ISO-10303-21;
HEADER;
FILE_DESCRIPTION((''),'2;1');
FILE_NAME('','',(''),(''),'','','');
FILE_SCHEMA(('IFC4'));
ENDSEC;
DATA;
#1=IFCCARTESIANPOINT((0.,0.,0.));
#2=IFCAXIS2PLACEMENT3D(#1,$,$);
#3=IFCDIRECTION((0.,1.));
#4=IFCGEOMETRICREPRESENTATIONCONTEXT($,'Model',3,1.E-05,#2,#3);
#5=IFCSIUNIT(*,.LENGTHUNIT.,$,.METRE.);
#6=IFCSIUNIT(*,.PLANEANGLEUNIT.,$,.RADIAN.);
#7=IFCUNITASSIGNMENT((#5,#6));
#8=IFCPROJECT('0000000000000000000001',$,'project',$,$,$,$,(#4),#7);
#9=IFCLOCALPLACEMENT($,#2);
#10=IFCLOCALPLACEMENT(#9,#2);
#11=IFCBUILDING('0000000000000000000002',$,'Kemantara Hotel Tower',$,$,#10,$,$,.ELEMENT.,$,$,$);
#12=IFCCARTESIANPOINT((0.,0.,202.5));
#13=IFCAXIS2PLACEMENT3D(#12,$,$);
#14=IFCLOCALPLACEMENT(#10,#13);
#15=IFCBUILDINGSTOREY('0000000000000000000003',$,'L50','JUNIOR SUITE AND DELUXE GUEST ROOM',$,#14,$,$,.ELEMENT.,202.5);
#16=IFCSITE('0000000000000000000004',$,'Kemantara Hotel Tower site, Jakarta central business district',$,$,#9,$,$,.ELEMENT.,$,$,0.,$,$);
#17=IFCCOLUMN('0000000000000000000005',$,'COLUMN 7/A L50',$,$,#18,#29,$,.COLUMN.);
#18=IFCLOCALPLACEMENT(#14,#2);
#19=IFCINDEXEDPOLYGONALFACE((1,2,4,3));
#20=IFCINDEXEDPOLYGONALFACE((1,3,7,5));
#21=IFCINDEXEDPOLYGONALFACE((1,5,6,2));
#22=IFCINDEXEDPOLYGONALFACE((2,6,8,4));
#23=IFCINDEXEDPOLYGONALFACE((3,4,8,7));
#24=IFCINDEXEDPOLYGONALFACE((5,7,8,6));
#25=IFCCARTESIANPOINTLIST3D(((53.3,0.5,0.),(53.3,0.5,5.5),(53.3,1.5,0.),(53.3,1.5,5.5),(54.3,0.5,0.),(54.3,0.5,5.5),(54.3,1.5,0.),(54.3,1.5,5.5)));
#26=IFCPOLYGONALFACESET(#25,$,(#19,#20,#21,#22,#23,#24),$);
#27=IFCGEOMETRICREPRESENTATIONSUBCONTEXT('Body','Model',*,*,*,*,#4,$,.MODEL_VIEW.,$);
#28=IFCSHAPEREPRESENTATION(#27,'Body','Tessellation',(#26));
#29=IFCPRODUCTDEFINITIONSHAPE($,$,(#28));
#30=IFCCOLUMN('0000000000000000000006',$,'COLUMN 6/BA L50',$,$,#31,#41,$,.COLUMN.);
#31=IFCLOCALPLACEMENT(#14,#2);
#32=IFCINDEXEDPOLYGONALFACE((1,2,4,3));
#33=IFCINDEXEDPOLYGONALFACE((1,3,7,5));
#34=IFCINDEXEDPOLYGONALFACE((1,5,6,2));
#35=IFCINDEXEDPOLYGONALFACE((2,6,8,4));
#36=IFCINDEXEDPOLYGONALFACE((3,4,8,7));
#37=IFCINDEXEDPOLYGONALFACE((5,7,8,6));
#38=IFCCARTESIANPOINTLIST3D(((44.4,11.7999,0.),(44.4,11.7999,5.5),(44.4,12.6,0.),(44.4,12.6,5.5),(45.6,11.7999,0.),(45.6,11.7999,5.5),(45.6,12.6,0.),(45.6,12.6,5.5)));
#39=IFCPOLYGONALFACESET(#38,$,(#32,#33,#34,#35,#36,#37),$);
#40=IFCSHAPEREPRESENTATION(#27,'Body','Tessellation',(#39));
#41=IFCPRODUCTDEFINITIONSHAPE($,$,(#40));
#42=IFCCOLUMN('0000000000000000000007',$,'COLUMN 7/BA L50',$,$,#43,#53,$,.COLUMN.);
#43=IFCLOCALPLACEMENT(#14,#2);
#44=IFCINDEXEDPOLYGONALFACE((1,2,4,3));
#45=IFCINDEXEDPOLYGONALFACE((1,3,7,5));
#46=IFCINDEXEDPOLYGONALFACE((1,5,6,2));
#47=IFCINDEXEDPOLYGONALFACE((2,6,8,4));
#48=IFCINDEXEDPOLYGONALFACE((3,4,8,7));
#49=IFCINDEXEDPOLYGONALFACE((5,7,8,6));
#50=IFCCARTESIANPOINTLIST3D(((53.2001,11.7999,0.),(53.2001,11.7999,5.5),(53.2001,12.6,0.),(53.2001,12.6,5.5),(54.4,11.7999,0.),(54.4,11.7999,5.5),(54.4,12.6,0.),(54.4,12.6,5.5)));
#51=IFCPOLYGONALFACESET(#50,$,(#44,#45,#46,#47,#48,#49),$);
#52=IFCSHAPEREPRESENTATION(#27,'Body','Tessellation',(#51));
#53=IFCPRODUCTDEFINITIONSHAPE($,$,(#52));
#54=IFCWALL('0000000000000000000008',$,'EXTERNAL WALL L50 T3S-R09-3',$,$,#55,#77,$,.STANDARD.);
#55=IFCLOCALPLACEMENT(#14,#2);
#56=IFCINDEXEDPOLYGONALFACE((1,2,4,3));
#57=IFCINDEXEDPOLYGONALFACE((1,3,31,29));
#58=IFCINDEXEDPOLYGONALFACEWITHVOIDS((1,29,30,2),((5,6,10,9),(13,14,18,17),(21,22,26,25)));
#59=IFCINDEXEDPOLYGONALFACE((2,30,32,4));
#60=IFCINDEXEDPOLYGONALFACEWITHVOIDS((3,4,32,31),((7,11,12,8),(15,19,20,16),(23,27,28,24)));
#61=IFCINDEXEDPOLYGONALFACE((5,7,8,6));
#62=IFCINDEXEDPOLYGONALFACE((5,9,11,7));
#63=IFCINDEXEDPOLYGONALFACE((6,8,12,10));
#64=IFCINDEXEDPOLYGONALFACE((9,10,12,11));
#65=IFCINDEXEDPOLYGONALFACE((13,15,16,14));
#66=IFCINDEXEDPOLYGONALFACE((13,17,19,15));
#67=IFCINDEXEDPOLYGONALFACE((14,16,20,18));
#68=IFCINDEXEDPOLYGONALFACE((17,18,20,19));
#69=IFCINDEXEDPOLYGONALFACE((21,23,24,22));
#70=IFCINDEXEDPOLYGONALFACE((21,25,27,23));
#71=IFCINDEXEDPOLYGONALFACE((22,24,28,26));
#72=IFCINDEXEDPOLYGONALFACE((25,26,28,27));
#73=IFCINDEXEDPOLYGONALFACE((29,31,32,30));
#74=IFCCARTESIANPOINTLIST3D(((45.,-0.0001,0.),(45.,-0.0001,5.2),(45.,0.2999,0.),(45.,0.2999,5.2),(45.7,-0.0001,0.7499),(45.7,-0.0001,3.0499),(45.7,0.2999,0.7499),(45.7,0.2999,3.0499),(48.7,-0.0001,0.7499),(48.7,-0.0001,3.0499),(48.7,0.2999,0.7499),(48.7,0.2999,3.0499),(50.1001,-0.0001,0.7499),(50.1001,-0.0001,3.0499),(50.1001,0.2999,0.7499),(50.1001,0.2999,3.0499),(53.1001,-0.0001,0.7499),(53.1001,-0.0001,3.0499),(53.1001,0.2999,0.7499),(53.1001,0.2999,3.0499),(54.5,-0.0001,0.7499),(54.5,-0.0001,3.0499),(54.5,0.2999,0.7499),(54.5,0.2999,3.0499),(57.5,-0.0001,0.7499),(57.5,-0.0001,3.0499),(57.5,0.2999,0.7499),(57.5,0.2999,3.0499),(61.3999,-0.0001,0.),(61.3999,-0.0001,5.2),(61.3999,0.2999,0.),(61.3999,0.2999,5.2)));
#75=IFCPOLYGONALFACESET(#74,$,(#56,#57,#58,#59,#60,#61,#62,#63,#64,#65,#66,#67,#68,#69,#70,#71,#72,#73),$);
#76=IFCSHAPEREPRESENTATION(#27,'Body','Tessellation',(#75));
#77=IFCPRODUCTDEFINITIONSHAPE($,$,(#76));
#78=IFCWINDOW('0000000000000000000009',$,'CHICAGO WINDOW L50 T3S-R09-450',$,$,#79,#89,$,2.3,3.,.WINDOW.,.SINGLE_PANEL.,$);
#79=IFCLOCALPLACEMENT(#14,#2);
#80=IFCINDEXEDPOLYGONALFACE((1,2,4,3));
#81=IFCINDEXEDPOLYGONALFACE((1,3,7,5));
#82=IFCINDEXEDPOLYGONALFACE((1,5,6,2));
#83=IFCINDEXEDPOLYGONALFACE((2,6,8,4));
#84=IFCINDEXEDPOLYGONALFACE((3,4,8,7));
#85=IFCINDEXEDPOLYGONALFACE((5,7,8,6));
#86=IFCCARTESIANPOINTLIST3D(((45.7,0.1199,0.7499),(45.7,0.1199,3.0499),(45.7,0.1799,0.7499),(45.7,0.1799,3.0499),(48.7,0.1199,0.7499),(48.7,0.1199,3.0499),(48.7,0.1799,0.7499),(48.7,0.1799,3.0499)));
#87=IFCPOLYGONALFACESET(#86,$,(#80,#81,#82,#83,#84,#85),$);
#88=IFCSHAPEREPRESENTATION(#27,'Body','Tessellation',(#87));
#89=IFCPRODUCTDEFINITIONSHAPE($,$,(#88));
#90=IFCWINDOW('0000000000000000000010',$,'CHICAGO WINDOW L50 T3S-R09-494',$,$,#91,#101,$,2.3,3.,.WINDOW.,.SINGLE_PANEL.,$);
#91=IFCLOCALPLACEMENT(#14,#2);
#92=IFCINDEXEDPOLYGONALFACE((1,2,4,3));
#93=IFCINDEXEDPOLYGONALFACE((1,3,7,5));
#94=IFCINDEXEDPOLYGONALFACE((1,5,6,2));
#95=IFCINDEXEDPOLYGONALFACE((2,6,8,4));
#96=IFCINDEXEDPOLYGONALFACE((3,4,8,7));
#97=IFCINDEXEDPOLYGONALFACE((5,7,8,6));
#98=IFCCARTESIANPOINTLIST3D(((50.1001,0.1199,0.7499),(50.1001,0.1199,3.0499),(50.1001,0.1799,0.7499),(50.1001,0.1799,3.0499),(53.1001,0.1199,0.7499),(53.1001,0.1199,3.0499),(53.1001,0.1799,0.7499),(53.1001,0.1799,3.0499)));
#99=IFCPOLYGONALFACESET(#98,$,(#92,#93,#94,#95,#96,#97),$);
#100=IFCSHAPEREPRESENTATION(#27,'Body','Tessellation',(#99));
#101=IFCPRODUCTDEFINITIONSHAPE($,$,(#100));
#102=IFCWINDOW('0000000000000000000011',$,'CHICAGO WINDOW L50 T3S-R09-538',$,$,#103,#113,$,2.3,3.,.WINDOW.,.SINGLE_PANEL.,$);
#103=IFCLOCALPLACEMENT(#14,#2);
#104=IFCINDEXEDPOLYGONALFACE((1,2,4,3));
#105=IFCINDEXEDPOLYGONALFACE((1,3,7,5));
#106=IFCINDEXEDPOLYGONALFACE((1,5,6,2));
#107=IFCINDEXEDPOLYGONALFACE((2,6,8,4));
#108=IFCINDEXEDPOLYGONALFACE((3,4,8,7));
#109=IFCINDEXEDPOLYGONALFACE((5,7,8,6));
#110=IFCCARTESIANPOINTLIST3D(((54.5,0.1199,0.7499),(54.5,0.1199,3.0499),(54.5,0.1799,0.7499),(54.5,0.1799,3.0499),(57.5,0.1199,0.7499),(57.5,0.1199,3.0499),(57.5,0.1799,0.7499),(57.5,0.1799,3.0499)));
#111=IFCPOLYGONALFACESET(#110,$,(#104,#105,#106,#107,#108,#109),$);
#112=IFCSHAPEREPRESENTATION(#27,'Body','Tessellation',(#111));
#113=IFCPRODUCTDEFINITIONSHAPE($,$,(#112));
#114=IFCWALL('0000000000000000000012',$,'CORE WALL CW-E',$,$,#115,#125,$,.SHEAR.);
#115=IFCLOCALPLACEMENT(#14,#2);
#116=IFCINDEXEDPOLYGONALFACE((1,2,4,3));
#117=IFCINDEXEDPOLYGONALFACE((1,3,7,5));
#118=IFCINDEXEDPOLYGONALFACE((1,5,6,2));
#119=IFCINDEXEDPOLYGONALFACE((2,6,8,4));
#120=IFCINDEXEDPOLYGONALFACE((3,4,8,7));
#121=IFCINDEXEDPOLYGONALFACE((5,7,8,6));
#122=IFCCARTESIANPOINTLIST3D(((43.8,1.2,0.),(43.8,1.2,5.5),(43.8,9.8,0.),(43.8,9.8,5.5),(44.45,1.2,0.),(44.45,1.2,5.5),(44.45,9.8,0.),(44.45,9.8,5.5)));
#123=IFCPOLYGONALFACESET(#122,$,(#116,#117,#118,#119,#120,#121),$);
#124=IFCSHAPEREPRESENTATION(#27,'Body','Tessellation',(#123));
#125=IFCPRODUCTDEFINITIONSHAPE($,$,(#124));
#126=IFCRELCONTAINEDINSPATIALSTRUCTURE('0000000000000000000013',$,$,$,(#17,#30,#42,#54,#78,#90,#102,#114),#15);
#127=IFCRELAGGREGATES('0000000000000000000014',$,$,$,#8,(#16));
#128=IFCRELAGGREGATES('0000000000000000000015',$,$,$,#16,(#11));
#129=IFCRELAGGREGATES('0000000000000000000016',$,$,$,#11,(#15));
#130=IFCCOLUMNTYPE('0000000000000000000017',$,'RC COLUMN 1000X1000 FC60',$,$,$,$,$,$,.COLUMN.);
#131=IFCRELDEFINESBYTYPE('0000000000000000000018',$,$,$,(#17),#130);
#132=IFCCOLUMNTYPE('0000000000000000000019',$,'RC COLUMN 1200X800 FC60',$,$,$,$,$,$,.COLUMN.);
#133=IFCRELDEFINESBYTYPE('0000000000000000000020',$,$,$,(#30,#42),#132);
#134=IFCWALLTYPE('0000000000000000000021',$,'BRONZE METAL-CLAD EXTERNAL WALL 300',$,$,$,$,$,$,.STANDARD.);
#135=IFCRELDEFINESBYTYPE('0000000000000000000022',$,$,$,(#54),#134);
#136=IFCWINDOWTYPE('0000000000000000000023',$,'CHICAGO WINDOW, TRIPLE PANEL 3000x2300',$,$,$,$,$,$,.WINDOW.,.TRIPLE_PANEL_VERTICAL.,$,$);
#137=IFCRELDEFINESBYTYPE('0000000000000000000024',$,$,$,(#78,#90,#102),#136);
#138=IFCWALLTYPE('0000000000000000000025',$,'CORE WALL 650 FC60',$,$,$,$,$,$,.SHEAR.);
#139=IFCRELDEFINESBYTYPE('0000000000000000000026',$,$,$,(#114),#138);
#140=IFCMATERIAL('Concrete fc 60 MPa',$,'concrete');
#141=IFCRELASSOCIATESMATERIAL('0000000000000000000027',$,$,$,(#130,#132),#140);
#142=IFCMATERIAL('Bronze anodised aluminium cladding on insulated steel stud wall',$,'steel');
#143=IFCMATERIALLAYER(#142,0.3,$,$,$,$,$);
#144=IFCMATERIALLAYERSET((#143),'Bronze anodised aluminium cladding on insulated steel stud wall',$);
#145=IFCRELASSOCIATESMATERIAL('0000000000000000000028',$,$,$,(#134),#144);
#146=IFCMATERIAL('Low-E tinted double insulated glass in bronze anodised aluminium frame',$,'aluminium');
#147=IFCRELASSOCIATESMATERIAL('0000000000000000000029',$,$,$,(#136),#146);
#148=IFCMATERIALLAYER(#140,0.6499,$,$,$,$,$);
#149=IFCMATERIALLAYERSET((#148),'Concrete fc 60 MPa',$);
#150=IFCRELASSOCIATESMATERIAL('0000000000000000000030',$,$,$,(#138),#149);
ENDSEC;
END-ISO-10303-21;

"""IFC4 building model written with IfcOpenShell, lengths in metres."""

from ifc_helpers import new_model, si_unit, direction, frame, frame_2d, origin, origin_2d, place, context, subcontext, project, spatial, rectangle, extrude, material, layer, layer_set, material_profile, profile_set, type_object, element, fill, save


model = new_model("IFC4")

# Units and contexts
model_context = context("Model", 3, precision=1e-05, world=origin(), true_north=direction((0.0, 1.0)))
body_context = subcontext(model_context, "Body", "Model", "MODEL_VIEW")
ifc_project = project(units=[si_unit("LENGTHUNIT", "METRE"), si_unit("PLANEANGLEUNIT", "RADIAN")], contexts=[model_context])

# Site, building, storey
site_placement = place(None, origin())
site = spatial("IfcSite", under=ifc_project, at=site_placement, Name="Kemantara Hotel Tower site, Jakarta central business district", CompositionType="ELEMENT", RefElevation=0.0)
building_placement = place(site_placement, origin())
building = spatial("IfcBuilding", under=site, at=building_placement, Name="Kemantara Hotel Tower", CompositionType="ELEMENT")
storey_placement = place(building_placement, frame((0.0, 0.0, 202.5)))
storey = spatial("IfcBuildingStorey", under=building, at=storey_placement, Name="L50", Description="JUNIOR SUITE AND DELUXE GUEST ROOM", CompositionType="ELEMENT", Elevation=202.5)

# Columns
ifc_material_1 = material(Name="Concrete fc 60 MPa", Category="concrete")
ifc_material_profile_1 = material_profile(ifc_material_1, rectangle(XDim=1.0, YDim=1.0, at=origin_2d()), Name="RC 1000X1000")
ifc_profile_set_1 = profile_set([ifc_material_profile_1], Name="Concrete fc 60 MPa")
column_type_1 = type_object("IfcColumnType", Name="RC COLUMN 1000X1000 FC60", PredefinedType="COLUMN", material=ifc_profile_set_1)
column_placement = place(storey_placement, frame((53.8, 1.0, 0.0), z_axis=(0.0, 0.0, 1.0), x_axis=(1.0, 0.0, 0.0)))
element("IfcColumn", 1, at=column_placement, inside=storey, type_object=column_type_1, Name="COLUMN 7/A L50", PredefinedType="COLUMN", context=body_context, shape_type="SweptSolid", body=[
    extrude(rectangle(XDim=1.0, YDim=1.0, at=origin_2d()), origin(), (0.0, 0.0, 1.0), 5.5),
])
ifc_material_profile_2 = material_profile(ifc_material_1, rectangle(XDim=1.2, YDim=0.8, at=origin_2d()), Name="RC 1200X800")
ifc_profile_set_2 = profile_set([ifc_material_profile_2], Name="Concrete fc 60 MPa")
column_type_2 = type_object("IfcColumnType", Name="RC COLUMN 1200X800 FC60", PredefinedType="COLUMN", material=ifc_profile_set_2)
for number, where, z_axis, x_axis, name in (
    (2, (45.0, 12.2, 0.0), (0.0, 0.0, 1.0), (1.0, 0.0, 0.0), "COLUMN 6/BA L50"),
    (3, (53.8, 12.2, 0.0), (0.0, 0.0, 1.0), (1.0, 0.0, 0.0), "COLUMN 7/BA L50"),
):
    element("IfcColumn", number, at=place(storey_placement, frame(where, z_axis=z_axis, x_axis=x_axis)), inside=storey, type_object=column_type_2, Name=name, PredefinedType="COLUMN", context=body_context, shape_type="SweptSolid", body=[
        extrude(rectangle(XDim=1.2, YDim=0.8, at=origin_2d()), origin(), (0.0, 0.0, 1.0), 5.5),
    ])

# Wall, openings, windows
ifc_material_2 = material(Name="Bronze anodised aluminium cladding on insulated steel stud wall", Category="steel")
ifc_layer_1 = layer(ifc_material_2, 0.3)
ifc_layer_set_1 = layer_set([ifc_layer_1], Name="Bronze anodised aluminium cladding on insulated steel stud wall")
wall_type_1 = type_object("IfcWallType", Name="BRONZE METAL-CLAD EXTERNAL WALL 300", PredefinedType="STANDARD", material=ifc_layer_set_1)
wall_1_placement = place(storey_placement, frame((45.0, 0.1499, 0.0), z_axis=(0.0, 0.0, 1.0), x_axis=(1.0, 0.0, 0.0)))
wall_1 = element("IfcWall", 4, at=wall_1_placement, inside=storey, type_object=wall_type_1, Name="EXTERNAL WALL L50 T3S-R09-3", PredefinedType="STANDARD", context=body_context, shape_type="SweptSolid", body=[
    extrude(rectangle(XDim=16.3999, YDim=0.3, at=frame_2d((8.2, 0.0))), origin(), (0.0, 0.0, 1.0), 5.2),
])
opening_1_placement = place(wall_1_placement, frame((0.7, 0.0, 0.75)))
opening_1 = element("IfcOpeningElement", 5, at=opening_1_placement, cuts=wall_1, PredefinedType="OPENING", context=body_context, shape_type="SweptSolid", body=[
    extrude(rectangle(XDim=3.0, YDim=2.3, at=frame_2d((1.5, 1.1499))), frame((0.0, 0.1599, 0.0), z_axis=(0.0, -1.0, 0.0), x_axis=(1.0, 0.0, 0.0)), (0.0, 0.0, 1.0), 0.3201),
])
opening_2_placement = place(wall_1_placement, frame((5.1001, 0.0, 0.75)))
opening_2 = element("IfcOpeningElement", 6, at=opening_2_placement, cuts=wall_1, PredefinedType="OPENING", context=body_context, shape_type="SweptSolid", body=[
    extrude(rectangle(XDim=3.0, YDim=2.3, at=frame_2d((1.5, 1.1499))), frame((0.0, 0.1599, 0.0), z_axis=(0.0, -1.0, 0.0), x_axis=(1.0, 0.0, 0.0)), (0.0, 0.0, 1.0), 0.3201),
])
opening_3_placement = place(wall_1_placement, frame((9.5, 0.0, 0.75)))
opening_3 = element("IfcOpeningElement", 7, at=opening_3_placement, cuts=wall_1, PredefinedType="OPENING", context=body_context, shape_type="SweptSolid", body=[
    extrude(rectangle(XDim=3.0, YDim=2.3, at=frame_2d((1.5, 1.1499))), frame((0.0, 0.1599, 0.0), z_axis=(0.0, -1.0, 0.0), x_axis=(1.0, 0.0, 0.0)), (0.0, 0.0, 1.0), 0.3201),
])
ifc_material_3 = material(Name="Low-E tinted double insulated glass in bronze anodised aluminium frame", Category="aluminium")
window_type = type_object("IfcWindowType", Name="CHICAGO WINDOW, TRIPLE PANEL 3000x2300", PartitioningType="TRIPLE_PANEL_VERTICAL", PredefinedType="WINDOW", material=ifc_material_3)
window_1_placement = place(opening_1_placement, origin())
window_1 = element("IfcWindow", 8, at=window_1_placement, inside=storey, type_object=window_type, Name="CHICAGO WINDOW L50 T3S-R09-450", OverallHeight=2.3, OverallWidth=3.0, PartitioningType="SINGLE_PANEL", PredefinedType="WINDOW", context=body_context, shape_type="SweptSolid", body=[
    extrude(rectangle(XDim=3.0, YDim=2.3, at=frame_2d((1.5, 1.1499))), frame((0.0, 0.03, 0.0), z_axis=(0.0, -1.0, 0.0), x_axis=(1.0, 0.0, 0.0)), (0.0, 0.0, 1.0), 0.0601),
])
fill(opening_1, window_1)
window_2_placement = place(opening_2_placement, origin())
window_2 = element("IfcWindow", 9, at=window_2_placement, inside=storey, type_object=window_type, Name="CHICAGO WINDOW L50 T3S-R09-494", OverallHeight=2.3, OverallWidth=3.0, PartitioningType="SINGLE_PANEL", PredefinedType="WINDOW", context=body_context, shape_type="SweptSolid", body=[
    extrude(rectangle(XDim=3.0, YDim=2.3, at=frame_2d((1.5, 1.1499))), frame((0.0, 0.03, 0.0), z_axis=(0.0, -1.0, 0.0), x_axis=(1.0, 0.0, 0.0)), (0.0, 0.0, 1.0), 0.0601),
])
fill(opening_2, window_2)
window_3_placement = place(opening_3_placement, origin())
window_3 = element("IfcWindow", 10, at=window_3_placement, inside=storey, type_object=window_type, Name="CHICAGO WINDOW L50 T3S-R09-538", OverallHeight=2.3, OverallWidth=3.0, PartitioningType="SINGLE_PANEL", PredefinedType="WINDOW", context=body_context, shape_type="SweptSolid", body=[
    extrude(rectangle(XDim=3.0, YDim=2.3, at=frame_2d((1.5, 1.1499))), frame((0.0, 0.03, 0.0), z_axis=(0.0, -1.0, 0.0), x_axis=(1.0, 0.0, 0.0)), (0.0, 0.0, 1.0), 0.0601),
])
fill(opening_3, window_3)

# Wall
ifc_layer_2 = layer(ifc_material_1, 0.6499)
ifc_layer_set_2 = layer_set([ifc_layer_2], Name="Concrete fc 60 MPa")
wall_type_2 = type_object("IfcWallType", Name="CORE WALL 650 FC60", PredefinedType="SHEAR", material=ifc_layer_set_2)
wall_2_placement = place(storey_placement, frame((44.125, 1.2, 0.0), z_axis=(0.0, 0.0, 1.0), x_axis=(0.0, 1.0, 0.0)))
element("IfcWall", 11, at=wall_2_placement, inside=storey, type_object=wall_type_2, Name="CORE WALL CW-E", PredefinedType="SHEAR", context=body_context, shape_type="SweptSolid", body=[
    extrude(rectangle(XDim=8.6001, YDim=0.6499, at=frame_2d((4.3, 0.0))), origin(), (0.0, 0.0, 1.0), 5.5),
])

save(model, "model.ifc")
